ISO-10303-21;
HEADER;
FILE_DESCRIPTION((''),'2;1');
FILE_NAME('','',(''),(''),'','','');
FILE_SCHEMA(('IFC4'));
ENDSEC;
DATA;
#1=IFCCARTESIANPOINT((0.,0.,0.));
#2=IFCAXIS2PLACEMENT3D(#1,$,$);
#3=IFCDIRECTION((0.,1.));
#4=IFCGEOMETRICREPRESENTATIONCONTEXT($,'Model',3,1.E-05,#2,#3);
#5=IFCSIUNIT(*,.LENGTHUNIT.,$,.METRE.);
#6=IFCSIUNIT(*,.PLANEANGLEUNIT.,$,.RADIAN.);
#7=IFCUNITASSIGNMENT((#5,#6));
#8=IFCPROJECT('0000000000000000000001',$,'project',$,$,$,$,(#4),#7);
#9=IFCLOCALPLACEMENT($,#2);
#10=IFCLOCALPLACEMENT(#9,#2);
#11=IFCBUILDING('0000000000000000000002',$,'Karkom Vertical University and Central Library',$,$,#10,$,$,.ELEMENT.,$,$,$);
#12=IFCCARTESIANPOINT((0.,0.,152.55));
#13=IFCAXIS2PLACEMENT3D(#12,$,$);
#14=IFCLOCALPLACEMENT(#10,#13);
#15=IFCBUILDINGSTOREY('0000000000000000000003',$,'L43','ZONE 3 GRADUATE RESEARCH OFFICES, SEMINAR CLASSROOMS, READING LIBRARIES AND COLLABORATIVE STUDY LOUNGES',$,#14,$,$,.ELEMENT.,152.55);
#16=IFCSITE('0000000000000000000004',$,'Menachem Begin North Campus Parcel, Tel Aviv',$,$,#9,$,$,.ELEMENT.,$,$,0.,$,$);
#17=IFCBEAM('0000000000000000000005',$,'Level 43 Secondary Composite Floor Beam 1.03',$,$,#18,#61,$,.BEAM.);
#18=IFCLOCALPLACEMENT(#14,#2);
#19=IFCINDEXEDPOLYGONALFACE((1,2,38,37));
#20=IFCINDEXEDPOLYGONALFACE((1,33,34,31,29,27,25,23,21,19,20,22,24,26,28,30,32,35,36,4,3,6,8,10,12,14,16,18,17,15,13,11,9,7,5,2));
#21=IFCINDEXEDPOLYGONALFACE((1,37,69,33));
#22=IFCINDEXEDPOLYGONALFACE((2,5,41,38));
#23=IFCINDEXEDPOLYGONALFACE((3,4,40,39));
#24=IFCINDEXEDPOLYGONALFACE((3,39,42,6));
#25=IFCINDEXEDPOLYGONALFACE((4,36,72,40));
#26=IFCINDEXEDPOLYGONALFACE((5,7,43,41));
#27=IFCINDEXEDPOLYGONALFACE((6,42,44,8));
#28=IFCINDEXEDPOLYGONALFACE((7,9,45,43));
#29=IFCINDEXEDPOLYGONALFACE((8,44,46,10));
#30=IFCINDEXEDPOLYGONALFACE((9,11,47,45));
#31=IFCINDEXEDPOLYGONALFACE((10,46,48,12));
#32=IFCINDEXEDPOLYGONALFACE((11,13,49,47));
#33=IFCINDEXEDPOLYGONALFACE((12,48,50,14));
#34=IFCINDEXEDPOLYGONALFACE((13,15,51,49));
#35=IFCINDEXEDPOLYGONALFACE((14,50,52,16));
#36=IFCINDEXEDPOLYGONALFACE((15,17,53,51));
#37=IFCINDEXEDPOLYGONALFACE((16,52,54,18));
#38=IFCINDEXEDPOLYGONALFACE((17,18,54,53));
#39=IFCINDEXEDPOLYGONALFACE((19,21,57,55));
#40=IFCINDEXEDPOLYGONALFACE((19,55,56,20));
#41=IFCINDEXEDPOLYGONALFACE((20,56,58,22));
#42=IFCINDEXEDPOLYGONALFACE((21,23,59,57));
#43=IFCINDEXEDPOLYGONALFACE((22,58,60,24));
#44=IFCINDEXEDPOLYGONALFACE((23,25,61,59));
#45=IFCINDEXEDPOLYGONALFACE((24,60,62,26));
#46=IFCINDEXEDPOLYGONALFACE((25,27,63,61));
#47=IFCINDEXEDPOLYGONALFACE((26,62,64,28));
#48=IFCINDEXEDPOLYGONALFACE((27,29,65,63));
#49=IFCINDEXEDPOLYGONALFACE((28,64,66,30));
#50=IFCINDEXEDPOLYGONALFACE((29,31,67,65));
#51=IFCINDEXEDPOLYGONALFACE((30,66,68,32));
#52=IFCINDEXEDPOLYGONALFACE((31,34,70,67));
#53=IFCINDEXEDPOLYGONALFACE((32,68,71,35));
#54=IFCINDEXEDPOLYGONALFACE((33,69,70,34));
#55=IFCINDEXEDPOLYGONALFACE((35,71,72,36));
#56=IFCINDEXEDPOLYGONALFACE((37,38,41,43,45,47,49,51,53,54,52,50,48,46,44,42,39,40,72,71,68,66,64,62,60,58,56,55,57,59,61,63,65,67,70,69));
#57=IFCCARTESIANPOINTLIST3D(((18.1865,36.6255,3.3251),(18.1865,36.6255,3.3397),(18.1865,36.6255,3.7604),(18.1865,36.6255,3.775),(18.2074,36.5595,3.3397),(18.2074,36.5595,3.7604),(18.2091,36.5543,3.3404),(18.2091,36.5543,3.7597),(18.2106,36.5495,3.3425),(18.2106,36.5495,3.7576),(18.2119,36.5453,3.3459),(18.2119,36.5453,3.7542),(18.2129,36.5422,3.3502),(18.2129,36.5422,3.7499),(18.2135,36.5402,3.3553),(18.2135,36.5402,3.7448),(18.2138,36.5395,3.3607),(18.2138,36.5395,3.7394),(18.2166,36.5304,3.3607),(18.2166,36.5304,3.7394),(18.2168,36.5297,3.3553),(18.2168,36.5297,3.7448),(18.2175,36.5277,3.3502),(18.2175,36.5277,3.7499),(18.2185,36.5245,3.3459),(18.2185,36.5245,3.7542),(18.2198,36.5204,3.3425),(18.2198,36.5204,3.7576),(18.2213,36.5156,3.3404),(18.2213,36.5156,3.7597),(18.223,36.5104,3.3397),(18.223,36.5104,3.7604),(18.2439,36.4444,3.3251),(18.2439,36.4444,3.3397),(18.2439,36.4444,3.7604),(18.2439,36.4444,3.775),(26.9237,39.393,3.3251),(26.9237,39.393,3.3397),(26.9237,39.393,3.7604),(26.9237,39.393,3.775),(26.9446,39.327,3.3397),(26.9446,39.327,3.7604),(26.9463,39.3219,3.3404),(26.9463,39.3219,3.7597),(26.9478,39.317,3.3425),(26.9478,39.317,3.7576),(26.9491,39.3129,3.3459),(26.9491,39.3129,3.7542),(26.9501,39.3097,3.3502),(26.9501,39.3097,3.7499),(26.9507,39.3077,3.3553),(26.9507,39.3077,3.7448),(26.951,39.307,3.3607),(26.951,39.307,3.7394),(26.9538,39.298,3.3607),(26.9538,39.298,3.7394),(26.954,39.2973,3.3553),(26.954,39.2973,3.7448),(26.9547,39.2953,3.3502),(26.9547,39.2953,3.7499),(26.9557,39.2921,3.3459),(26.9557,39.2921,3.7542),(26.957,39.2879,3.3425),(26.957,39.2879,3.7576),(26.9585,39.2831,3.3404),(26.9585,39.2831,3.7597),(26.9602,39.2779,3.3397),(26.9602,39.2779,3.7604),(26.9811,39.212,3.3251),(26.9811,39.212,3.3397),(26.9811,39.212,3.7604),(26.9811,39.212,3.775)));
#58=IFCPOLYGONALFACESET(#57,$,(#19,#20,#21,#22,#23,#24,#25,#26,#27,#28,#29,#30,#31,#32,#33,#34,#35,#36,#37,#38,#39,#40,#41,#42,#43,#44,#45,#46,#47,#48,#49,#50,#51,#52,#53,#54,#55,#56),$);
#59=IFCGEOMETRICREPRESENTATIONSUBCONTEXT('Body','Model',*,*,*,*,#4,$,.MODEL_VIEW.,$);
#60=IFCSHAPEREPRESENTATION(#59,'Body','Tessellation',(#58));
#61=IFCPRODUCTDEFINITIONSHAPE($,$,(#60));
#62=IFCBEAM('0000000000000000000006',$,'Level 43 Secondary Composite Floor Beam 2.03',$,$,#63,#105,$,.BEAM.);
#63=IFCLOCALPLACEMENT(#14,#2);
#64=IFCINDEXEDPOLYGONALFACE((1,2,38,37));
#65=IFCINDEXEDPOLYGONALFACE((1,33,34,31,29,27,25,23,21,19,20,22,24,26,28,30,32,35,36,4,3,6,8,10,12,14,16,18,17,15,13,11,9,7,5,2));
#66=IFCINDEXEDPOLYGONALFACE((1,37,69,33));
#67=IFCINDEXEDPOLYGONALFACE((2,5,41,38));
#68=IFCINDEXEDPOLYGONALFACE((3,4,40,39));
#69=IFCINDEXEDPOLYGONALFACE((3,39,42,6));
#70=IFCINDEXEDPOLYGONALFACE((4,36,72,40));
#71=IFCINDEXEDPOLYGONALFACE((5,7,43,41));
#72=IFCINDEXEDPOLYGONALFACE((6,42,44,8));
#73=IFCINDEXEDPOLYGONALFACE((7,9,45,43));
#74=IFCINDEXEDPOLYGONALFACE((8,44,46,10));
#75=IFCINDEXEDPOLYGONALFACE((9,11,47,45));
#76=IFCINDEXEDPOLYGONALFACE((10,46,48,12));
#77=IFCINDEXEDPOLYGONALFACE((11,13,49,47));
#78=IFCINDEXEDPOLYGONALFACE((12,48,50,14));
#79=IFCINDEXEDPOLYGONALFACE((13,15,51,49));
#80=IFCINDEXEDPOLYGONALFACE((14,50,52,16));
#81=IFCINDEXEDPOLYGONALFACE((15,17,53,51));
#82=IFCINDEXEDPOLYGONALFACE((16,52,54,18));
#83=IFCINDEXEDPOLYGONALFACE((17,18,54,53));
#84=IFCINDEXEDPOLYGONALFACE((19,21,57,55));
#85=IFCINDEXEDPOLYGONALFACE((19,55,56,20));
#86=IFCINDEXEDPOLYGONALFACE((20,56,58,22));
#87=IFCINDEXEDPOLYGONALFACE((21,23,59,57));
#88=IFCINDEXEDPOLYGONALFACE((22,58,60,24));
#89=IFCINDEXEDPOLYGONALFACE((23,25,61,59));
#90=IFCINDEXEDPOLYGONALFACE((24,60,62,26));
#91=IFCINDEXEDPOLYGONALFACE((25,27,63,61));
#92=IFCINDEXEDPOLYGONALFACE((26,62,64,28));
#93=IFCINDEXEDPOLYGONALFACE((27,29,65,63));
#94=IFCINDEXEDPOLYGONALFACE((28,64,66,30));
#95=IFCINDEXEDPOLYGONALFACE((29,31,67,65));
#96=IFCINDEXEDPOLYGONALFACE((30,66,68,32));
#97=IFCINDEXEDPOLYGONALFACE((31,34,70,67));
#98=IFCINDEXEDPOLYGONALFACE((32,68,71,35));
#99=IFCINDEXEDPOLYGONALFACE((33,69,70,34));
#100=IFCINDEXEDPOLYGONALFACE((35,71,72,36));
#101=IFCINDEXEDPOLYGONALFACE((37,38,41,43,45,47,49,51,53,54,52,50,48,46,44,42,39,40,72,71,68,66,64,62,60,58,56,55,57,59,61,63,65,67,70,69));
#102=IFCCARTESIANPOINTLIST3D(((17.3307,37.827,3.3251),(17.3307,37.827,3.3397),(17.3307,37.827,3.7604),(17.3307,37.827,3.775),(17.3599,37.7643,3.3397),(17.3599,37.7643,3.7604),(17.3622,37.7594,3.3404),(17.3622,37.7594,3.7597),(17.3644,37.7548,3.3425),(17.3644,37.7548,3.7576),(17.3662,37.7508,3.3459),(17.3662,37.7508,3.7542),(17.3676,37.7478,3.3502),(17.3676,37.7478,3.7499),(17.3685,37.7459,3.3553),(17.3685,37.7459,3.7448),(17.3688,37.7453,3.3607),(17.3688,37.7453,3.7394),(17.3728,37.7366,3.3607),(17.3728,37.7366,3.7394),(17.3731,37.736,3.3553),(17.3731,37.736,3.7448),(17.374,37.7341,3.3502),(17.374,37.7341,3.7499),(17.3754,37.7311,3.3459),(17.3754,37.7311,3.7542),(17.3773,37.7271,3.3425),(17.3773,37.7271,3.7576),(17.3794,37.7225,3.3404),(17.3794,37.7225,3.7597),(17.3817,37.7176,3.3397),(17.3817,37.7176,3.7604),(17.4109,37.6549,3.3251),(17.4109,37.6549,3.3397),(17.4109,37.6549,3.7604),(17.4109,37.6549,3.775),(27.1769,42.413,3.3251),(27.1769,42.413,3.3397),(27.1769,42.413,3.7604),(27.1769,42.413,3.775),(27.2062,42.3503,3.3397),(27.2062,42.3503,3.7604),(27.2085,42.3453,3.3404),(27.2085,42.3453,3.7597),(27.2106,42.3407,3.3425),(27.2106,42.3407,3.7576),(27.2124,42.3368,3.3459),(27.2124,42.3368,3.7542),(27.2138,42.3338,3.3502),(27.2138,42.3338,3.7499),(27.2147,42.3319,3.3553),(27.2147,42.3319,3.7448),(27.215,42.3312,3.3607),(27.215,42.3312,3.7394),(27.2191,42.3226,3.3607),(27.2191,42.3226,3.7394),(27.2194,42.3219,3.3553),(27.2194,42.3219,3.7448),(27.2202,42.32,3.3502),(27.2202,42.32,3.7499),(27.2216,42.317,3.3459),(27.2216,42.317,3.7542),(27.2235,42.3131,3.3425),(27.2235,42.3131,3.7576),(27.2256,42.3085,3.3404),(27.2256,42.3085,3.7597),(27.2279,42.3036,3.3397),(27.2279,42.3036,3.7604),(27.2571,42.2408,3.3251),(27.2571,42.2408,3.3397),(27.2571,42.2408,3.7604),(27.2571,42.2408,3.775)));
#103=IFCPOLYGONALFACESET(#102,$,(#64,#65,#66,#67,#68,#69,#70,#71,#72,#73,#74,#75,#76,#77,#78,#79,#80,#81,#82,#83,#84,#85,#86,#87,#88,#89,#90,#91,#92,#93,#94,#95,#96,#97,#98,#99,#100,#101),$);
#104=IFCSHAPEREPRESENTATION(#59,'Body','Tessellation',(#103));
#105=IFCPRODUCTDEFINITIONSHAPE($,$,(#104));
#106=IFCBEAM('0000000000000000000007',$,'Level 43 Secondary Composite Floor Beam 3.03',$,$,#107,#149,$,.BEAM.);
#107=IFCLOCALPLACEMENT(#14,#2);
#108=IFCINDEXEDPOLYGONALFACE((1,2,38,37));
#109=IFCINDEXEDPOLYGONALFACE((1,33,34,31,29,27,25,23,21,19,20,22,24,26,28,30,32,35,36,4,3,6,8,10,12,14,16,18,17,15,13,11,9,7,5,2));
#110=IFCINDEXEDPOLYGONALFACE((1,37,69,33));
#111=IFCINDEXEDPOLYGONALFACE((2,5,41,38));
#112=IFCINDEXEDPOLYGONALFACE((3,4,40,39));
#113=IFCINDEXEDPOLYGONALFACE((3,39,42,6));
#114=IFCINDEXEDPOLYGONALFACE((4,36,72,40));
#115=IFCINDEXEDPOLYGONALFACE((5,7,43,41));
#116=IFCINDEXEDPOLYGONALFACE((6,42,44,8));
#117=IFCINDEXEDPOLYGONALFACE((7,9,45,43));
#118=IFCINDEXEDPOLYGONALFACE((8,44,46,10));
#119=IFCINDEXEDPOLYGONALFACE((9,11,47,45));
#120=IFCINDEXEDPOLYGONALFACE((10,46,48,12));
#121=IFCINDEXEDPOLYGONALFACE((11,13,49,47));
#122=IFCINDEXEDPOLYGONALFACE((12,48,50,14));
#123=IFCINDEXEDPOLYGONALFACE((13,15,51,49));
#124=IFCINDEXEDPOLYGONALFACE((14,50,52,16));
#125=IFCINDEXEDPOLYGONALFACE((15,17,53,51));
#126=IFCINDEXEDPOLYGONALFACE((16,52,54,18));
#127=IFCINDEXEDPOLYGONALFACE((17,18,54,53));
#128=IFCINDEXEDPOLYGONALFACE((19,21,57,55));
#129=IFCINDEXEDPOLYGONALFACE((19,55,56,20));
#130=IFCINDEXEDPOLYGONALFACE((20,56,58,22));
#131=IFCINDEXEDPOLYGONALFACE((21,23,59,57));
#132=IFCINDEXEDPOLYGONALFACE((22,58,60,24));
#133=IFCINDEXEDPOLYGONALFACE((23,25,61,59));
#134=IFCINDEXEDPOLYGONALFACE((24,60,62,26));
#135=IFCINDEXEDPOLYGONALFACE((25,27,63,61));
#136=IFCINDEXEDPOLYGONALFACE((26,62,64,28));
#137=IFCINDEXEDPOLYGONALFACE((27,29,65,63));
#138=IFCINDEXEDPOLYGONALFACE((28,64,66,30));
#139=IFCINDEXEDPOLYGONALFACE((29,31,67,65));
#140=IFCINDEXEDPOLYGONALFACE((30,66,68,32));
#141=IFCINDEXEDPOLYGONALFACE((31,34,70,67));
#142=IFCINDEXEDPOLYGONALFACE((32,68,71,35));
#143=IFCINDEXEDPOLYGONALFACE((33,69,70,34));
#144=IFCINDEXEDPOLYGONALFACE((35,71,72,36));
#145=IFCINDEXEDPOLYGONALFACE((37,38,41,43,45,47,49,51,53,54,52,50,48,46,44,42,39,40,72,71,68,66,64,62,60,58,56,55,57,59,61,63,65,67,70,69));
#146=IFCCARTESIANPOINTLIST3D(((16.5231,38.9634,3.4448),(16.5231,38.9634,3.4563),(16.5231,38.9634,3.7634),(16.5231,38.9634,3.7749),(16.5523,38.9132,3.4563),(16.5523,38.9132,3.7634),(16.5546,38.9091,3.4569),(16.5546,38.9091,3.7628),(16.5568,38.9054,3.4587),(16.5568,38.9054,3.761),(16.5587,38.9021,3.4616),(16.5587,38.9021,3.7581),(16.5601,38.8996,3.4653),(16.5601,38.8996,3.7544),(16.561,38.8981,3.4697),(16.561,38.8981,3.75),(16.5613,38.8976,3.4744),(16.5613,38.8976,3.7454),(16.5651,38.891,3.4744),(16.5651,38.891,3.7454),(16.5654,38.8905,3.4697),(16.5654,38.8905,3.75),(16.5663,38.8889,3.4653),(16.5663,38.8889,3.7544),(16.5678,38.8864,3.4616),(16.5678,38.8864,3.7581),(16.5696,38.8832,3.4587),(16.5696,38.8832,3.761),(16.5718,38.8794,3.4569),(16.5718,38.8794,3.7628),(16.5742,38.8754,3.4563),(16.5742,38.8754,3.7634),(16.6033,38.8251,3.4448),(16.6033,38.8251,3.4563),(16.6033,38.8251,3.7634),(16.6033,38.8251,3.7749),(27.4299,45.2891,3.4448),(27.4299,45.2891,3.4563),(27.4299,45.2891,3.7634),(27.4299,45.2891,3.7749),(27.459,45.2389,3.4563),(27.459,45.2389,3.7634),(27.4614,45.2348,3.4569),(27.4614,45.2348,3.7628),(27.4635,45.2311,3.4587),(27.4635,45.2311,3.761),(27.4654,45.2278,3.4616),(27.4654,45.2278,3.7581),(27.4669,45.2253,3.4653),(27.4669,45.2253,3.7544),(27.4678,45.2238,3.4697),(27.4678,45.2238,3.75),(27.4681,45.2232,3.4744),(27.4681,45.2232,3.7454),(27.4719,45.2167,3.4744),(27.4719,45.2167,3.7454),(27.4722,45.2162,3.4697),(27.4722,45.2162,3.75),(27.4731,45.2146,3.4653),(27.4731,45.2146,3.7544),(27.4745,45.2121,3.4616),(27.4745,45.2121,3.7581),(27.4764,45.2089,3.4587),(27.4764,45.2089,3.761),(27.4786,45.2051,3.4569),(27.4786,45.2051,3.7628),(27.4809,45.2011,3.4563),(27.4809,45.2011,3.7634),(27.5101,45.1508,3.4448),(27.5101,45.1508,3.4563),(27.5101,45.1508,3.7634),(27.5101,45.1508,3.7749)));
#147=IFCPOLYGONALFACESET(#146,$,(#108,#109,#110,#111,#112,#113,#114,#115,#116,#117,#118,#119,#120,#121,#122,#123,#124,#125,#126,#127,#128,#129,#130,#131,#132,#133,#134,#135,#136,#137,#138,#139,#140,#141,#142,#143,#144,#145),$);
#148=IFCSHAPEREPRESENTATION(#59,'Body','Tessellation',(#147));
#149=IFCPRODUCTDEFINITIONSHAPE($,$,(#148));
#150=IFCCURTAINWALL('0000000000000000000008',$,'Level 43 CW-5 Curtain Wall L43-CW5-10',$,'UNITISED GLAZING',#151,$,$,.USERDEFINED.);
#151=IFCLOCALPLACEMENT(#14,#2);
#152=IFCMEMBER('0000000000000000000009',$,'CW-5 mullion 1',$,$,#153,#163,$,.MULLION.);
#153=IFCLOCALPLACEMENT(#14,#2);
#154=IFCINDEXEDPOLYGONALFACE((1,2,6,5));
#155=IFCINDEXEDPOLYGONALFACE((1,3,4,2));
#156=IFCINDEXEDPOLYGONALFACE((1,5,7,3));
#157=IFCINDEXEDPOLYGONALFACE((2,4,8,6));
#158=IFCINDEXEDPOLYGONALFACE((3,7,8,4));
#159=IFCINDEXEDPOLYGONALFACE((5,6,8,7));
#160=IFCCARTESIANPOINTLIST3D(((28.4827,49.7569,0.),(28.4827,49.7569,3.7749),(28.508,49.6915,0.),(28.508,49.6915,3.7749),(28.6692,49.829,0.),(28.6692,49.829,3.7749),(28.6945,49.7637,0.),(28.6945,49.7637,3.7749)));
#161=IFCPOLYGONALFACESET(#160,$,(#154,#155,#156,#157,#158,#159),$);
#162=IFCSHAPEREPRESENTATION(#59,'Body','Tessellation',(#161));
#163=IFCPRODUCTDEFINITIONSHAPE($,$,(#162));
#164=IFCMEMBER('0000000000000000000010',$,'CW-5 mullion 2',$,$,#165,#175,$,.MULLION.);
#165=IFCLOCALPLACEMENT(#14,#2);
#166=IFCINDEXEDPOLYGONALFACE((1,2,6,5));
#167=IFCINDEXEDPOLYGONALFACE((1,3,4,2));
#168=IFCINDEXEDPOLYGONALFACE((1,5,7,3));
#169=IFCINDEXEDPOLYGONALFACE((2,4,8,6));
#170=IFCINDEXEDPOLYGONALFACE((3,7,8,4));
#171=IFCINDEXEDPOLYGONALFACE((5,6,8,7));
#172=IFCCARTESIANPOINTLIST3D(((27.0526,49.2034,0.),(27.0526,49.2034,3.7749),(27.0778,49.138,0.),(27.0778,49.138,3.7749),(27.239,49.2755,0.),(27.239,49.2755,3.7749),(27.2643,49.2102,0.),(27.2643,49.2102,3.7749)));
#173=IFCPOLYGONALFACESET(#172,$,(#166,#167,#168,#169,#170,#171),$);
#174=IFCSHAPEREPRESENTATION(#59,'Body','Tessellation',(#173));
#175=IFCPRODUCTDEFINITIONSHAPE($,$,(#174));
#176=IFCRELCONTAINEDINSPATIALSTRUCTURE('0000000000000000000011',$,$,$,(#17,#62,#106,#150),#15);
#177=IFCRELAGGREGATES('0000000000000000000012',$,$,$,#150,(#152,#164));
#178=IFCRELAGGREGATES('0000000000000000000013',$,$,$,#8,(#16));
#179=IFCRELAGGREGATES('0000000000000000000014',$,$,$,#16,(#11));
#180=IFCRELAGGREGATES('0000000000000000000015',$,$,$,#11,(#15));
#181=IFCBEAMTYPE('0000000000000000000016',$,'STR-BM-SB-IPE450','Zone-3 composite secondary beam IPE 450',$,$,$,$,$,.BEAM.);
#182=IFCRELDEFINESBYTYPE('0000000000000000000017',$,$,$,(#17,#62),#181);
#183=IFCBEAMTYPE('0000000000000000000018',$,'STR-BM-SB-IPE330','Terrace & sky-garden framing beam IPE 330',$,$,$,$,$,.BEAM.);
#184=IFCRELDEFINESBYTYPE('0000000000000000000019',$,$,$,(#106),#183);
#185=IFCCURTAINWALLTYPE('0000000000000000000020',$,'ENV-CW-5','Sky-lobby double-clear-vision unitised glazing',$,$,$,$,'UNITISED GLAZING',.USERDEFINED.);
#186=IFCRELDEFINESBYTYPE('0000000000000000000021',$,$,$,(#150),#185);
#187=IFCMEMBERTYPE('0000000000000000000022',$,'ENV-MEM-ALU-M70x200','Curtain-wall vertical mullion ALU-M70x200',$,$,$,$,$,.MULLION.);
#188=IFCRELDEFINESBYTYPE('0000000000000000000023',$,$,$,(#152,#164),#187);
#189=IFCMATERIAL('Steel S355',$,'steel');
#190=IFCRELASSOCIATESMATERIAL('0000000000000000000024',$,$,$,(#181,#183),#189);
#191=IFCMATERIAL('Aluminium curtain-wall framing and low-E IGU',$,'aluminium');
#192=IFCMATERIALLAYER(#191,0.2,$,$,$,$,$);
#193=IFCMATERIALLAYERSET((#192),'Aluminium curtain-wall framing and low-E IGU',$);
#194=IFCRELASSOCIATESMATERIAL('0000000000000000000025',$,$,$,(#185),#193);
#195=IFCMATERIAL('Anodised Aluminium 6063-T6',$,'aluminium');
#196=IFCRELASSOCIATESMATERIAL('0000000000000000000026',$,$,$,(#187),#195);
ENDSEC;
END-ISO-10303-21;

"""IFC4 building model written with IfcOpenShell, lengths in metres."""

from ifc_helpers import new_model, si_unit, direction, frame, origin, origin_with_axes, origin_2d, place, context, subcontext, project, spatial, rectangle, i_section, extrude, source, transform, mapped, material, layer, layer_set, material_profile, profile_set, type_object, element, aggregate, save


model = new_model("IFC4")

# Units and contexts
model_context = context("Model", 3, precision=1e-05, world=origin(), true_north=direction((0.0, 1.0)))
body_context = subcontext(model_context, "Body", "Model", "MODEL_VIEW")
ifc_project = project(units=[si_unit("LENGTHUNIT", "METRE"), si_unit("PLANEANGLEUNIT", "RADIAN")], contexts=[model_context])

# Site, building, storey
site_placement = place(None, origin())
site = spatial("IfcSite", under=ifc_project, at=site_placement, Name="Menachem Begin North Campus Parcel, Tel Aviv", CompositionType="ELEMENT", RefElevation=0.0)
building_placement = place(site_placement, origin())
building = spatial("IfcBuilding", under=site, at=building_placement, Name="Karkom Vertical University and Central Library", CompositionType="ELEMENT")
storey_placement = place(building_placement, frame((0.0, 0.0, 152.55)))
storey = spatial("IfcBuildingStorey", under=building, at=storey_placement, Name="L43", Description="ZONE 3 GRADUATE RESEARCH OFFICES, SEMINAR CLASSROOMS, READING LIBRARIES AND COLLABORATIVE STUDY LOUNGES", CompositionType="ELEMENT", Elevation=152.55)

# Beams
ifc_material_1 = material(Name="Steel S355", Category="steel")
ifc_material_profile_1 = material_profile(ifc_material_1, i_section(OverallWidth=0.1899, OverallDepth=0.45, WebThickness=0.0095, FlangeThickness=0.0146, FilletRadius=0.021, at=origin_2d()), Name="IPE 450")
ifc_profile_set_1 = profile_set([ifc_material_profile_1], Name="Steel S355")
beam_type_1 = type_object("IfcBeamType", Name="STR-BM-SB-IPE450", Description="Zone-3 composite secondary beam IPE 450", PredefinedType="BEAM", material=ifc_profile_set_1)
shared_shape_1 = source(origin_with_axes(), body_context, "Body", "SweptSolid", [
    extrude(i_section(OverallWidth=0.1899, OverallDepth=0.45, WebThickness=0.0095, FlangeThickness=0.0146, FilletRadius=0.021, at=origin_2d()), origin(), (0.0, 0.0, 1.0), 9.165),
])
beam_1_placement = place(storey_placement, frame((26.9524, 39.3025, 3.55), z_axis=(-0.953318, -0.301968, 0.0), x_axis=(0.301968, -0.953318, 0.0)))
element("IfcBeam", 1, at=beam_1_placement, inside=storey, type_object=beam_type_1, Name="Level 43 Secondary Composite Floor Beam 1.03", PredefinedType="BEAM", context=body_context, shape_type="MappedRepresentation", body=[
    mapped(shared_shape_1, transform((0.0, 0.0, 0.0), scale=1.0)),
])
shared_shape_2 = source(origin_with_axes(), body_context, "Body", "SweptSolid", [
    extrude(i_section(OverallWidth=0.1899, OverallDepth=0.45, WebThickness=0.0095, FlangeThickness=0.0146, FilletRadius=0.021, at=origin_2d()), origin(), (0.0, 0.0, 1.0), 10.8618),
])
beam_2_placement = place(storey_placement, frame((27.217, 42.3269, 3.55), z_axis=(-0.906499, -0.422209, 0.0), x_axis=(0.422209, -0.906499, 0.0)))
element("IfcBeam", 2, at=beam_2_placement, inside=storey, type_object=beam_type_1, Name="Level 43 Secondary Composite Floor Beam 2.03", PredefinedType="BEAM", context=body_context, shape_type="MappedRepresentation", body=[
    mapped(shared_shape_2, transform((0.0, 0.0, 0.0), scale=1.0)),
])
ifc_material_profile_2 = material_profile(ifc_material_1, i_section(OverallWidth=0.1599, OverallDepth=0.3301, WebThickness=0.0076, FlangeThickness=0.0115, FilletRadius=0.0181, at=origin_2d()), Name="IPE 330")
ifc_profile_set_2 = profile_set([ifc_material_profile_2], Name="Steel S355")
beam_type_2 = type_object("IfcBeamType", Name="STR-BM-SB-IPE330", Description="Terrace & sky-garden framing beam IPE 330", PredefinedType="BEAM", material=ifc_profile_set_2)
shared_shape_3 = source(origin_with_axes(), body_context, "Body", "SweptSolid", [
    extrude(i_section(OverallWidth=0.1599, OverallDepth=0.3301, WebThickness=0.0076, FlangeThickness=0.0115, FilletRadius=0.0181, at=origin_2d()), origin(), (0.0, 0.0, 1.0), 12.6084),
])
beam_3_placement = place(storey_placement, frame((27.47, 45.22, 3.6099), z_axis=(-0.865039, -0.501705, 0.0), x_axis=(0.501705, -0.865039, 0.0)))
element("IfcBeam", 3, at=beam_3_placement, inside=storey, type_object=beam_type_2, Name="Level 43 Secondary Composite Floor Beam 3.03", PredefinedType="BEAM", context=body_context, shape_type="MappedRepresentation", body=[
    mapped(shared_shape_3, transform((0.0, 0.0, 0.0), scale=1.0)),
])

# Curtain wall, members
ifc_material_2 = material(Name="Aluminium curtain-wall framing and low-E IGU", Category="aluminium")
ifc_layer_1 = layer(ifc_material_2, 0.2)
ifc_layer_set_1 = layer_set([ifc_layer_1], Name="Aluminium curtain-wall framing and low-E IGU")
curtain_wall_type = type_object("IfcCurtainWallType", Name="ENV-CW-5", Description="Sky-lobby double-clear-vision unitised glazing", ElementType="UNITISED GLAZING", PredefinedType="USERDEFINED", material=ifc_layer_set_1)
curtain_wall_placement = place(storey_placement, origin())
curtain_wall = element("IfcCurtainWall", 4, at=curtain_wall_placement, inside=storey, type_object=curtain_wall_type, Name="Level 43 CW-5 Curtain Wall L43-CW5-10", ObjectType="UNITISED GLAZING", PredefinedType="USERDEFINED")
ifc_material_3 = material(Name="Anodised Aluminium 6063-T6", Category="aluminium")
ifc_material_profile_3 = material_profile(ifc_material_3, rectangle(XDim=0.0701, YDim=0.2, at=origin_2d()), Name="ALU-M70x200")
ifc_profile_set_3 = profile_set([ifc_material_profile_3], Name="Anodised Aluminium 6063-T6")
member_type_1 = type_object("IfcMemberType", Name="ENV-MEM-ALU-M70x200", Description="Curtain-wall vertical mullion ALU-M70x200", PredefinedType="MULLION", material=ifc_profile_set_3)
shared_shape_4 = source(origin_with_axes(), body_context, "Body", "SweptSolid", [
    extrude(rectangle(XDim=0.0701, YDim=0.2, at=origin_2d()), origin(), (0.0, 0.0, 1.0), 3.7749),
])
member_1_placement = place(storey_placement, frame((28.5886, 49.7603, 0.0), z_axis=(0.0, 0.0, 1.0), x_axis=(0.360798, -0.932644, 0.0)))
member_1 = element("IfcMember", 5, at=member_1_placement, type_object=member_type_1, Name="CW-5 mullion 1", PredefinedType="MULLION", context=body_context, shape_type="MappedRepresentation", body=[
    mapped(shared_shape_4, transform((0.0, 0.0, 0.0), scale=1.0)),
])
member_2_placement = place(storey_placement, frame((27.1584, 49.2068, 0.0), z_axis=(0.0, 0.0, 1.0), x_axis=(0.360798, -0.932644, 0.0)))
member_2 = element("IfcMember", 6, at=member_2_placement, type_object=member_type_1, Name="CW-5 mullion 2", PredefinedType="MULLION", context=body_context, shape_type="MappedRepresentation", body=[
    mapped(shared_shape_4, transform((0.0, 0.0, 0.0), scale=1.0)),
])
aggregate(curtain_wall, [member_1, member_2])

save(model, "model.ifc")
